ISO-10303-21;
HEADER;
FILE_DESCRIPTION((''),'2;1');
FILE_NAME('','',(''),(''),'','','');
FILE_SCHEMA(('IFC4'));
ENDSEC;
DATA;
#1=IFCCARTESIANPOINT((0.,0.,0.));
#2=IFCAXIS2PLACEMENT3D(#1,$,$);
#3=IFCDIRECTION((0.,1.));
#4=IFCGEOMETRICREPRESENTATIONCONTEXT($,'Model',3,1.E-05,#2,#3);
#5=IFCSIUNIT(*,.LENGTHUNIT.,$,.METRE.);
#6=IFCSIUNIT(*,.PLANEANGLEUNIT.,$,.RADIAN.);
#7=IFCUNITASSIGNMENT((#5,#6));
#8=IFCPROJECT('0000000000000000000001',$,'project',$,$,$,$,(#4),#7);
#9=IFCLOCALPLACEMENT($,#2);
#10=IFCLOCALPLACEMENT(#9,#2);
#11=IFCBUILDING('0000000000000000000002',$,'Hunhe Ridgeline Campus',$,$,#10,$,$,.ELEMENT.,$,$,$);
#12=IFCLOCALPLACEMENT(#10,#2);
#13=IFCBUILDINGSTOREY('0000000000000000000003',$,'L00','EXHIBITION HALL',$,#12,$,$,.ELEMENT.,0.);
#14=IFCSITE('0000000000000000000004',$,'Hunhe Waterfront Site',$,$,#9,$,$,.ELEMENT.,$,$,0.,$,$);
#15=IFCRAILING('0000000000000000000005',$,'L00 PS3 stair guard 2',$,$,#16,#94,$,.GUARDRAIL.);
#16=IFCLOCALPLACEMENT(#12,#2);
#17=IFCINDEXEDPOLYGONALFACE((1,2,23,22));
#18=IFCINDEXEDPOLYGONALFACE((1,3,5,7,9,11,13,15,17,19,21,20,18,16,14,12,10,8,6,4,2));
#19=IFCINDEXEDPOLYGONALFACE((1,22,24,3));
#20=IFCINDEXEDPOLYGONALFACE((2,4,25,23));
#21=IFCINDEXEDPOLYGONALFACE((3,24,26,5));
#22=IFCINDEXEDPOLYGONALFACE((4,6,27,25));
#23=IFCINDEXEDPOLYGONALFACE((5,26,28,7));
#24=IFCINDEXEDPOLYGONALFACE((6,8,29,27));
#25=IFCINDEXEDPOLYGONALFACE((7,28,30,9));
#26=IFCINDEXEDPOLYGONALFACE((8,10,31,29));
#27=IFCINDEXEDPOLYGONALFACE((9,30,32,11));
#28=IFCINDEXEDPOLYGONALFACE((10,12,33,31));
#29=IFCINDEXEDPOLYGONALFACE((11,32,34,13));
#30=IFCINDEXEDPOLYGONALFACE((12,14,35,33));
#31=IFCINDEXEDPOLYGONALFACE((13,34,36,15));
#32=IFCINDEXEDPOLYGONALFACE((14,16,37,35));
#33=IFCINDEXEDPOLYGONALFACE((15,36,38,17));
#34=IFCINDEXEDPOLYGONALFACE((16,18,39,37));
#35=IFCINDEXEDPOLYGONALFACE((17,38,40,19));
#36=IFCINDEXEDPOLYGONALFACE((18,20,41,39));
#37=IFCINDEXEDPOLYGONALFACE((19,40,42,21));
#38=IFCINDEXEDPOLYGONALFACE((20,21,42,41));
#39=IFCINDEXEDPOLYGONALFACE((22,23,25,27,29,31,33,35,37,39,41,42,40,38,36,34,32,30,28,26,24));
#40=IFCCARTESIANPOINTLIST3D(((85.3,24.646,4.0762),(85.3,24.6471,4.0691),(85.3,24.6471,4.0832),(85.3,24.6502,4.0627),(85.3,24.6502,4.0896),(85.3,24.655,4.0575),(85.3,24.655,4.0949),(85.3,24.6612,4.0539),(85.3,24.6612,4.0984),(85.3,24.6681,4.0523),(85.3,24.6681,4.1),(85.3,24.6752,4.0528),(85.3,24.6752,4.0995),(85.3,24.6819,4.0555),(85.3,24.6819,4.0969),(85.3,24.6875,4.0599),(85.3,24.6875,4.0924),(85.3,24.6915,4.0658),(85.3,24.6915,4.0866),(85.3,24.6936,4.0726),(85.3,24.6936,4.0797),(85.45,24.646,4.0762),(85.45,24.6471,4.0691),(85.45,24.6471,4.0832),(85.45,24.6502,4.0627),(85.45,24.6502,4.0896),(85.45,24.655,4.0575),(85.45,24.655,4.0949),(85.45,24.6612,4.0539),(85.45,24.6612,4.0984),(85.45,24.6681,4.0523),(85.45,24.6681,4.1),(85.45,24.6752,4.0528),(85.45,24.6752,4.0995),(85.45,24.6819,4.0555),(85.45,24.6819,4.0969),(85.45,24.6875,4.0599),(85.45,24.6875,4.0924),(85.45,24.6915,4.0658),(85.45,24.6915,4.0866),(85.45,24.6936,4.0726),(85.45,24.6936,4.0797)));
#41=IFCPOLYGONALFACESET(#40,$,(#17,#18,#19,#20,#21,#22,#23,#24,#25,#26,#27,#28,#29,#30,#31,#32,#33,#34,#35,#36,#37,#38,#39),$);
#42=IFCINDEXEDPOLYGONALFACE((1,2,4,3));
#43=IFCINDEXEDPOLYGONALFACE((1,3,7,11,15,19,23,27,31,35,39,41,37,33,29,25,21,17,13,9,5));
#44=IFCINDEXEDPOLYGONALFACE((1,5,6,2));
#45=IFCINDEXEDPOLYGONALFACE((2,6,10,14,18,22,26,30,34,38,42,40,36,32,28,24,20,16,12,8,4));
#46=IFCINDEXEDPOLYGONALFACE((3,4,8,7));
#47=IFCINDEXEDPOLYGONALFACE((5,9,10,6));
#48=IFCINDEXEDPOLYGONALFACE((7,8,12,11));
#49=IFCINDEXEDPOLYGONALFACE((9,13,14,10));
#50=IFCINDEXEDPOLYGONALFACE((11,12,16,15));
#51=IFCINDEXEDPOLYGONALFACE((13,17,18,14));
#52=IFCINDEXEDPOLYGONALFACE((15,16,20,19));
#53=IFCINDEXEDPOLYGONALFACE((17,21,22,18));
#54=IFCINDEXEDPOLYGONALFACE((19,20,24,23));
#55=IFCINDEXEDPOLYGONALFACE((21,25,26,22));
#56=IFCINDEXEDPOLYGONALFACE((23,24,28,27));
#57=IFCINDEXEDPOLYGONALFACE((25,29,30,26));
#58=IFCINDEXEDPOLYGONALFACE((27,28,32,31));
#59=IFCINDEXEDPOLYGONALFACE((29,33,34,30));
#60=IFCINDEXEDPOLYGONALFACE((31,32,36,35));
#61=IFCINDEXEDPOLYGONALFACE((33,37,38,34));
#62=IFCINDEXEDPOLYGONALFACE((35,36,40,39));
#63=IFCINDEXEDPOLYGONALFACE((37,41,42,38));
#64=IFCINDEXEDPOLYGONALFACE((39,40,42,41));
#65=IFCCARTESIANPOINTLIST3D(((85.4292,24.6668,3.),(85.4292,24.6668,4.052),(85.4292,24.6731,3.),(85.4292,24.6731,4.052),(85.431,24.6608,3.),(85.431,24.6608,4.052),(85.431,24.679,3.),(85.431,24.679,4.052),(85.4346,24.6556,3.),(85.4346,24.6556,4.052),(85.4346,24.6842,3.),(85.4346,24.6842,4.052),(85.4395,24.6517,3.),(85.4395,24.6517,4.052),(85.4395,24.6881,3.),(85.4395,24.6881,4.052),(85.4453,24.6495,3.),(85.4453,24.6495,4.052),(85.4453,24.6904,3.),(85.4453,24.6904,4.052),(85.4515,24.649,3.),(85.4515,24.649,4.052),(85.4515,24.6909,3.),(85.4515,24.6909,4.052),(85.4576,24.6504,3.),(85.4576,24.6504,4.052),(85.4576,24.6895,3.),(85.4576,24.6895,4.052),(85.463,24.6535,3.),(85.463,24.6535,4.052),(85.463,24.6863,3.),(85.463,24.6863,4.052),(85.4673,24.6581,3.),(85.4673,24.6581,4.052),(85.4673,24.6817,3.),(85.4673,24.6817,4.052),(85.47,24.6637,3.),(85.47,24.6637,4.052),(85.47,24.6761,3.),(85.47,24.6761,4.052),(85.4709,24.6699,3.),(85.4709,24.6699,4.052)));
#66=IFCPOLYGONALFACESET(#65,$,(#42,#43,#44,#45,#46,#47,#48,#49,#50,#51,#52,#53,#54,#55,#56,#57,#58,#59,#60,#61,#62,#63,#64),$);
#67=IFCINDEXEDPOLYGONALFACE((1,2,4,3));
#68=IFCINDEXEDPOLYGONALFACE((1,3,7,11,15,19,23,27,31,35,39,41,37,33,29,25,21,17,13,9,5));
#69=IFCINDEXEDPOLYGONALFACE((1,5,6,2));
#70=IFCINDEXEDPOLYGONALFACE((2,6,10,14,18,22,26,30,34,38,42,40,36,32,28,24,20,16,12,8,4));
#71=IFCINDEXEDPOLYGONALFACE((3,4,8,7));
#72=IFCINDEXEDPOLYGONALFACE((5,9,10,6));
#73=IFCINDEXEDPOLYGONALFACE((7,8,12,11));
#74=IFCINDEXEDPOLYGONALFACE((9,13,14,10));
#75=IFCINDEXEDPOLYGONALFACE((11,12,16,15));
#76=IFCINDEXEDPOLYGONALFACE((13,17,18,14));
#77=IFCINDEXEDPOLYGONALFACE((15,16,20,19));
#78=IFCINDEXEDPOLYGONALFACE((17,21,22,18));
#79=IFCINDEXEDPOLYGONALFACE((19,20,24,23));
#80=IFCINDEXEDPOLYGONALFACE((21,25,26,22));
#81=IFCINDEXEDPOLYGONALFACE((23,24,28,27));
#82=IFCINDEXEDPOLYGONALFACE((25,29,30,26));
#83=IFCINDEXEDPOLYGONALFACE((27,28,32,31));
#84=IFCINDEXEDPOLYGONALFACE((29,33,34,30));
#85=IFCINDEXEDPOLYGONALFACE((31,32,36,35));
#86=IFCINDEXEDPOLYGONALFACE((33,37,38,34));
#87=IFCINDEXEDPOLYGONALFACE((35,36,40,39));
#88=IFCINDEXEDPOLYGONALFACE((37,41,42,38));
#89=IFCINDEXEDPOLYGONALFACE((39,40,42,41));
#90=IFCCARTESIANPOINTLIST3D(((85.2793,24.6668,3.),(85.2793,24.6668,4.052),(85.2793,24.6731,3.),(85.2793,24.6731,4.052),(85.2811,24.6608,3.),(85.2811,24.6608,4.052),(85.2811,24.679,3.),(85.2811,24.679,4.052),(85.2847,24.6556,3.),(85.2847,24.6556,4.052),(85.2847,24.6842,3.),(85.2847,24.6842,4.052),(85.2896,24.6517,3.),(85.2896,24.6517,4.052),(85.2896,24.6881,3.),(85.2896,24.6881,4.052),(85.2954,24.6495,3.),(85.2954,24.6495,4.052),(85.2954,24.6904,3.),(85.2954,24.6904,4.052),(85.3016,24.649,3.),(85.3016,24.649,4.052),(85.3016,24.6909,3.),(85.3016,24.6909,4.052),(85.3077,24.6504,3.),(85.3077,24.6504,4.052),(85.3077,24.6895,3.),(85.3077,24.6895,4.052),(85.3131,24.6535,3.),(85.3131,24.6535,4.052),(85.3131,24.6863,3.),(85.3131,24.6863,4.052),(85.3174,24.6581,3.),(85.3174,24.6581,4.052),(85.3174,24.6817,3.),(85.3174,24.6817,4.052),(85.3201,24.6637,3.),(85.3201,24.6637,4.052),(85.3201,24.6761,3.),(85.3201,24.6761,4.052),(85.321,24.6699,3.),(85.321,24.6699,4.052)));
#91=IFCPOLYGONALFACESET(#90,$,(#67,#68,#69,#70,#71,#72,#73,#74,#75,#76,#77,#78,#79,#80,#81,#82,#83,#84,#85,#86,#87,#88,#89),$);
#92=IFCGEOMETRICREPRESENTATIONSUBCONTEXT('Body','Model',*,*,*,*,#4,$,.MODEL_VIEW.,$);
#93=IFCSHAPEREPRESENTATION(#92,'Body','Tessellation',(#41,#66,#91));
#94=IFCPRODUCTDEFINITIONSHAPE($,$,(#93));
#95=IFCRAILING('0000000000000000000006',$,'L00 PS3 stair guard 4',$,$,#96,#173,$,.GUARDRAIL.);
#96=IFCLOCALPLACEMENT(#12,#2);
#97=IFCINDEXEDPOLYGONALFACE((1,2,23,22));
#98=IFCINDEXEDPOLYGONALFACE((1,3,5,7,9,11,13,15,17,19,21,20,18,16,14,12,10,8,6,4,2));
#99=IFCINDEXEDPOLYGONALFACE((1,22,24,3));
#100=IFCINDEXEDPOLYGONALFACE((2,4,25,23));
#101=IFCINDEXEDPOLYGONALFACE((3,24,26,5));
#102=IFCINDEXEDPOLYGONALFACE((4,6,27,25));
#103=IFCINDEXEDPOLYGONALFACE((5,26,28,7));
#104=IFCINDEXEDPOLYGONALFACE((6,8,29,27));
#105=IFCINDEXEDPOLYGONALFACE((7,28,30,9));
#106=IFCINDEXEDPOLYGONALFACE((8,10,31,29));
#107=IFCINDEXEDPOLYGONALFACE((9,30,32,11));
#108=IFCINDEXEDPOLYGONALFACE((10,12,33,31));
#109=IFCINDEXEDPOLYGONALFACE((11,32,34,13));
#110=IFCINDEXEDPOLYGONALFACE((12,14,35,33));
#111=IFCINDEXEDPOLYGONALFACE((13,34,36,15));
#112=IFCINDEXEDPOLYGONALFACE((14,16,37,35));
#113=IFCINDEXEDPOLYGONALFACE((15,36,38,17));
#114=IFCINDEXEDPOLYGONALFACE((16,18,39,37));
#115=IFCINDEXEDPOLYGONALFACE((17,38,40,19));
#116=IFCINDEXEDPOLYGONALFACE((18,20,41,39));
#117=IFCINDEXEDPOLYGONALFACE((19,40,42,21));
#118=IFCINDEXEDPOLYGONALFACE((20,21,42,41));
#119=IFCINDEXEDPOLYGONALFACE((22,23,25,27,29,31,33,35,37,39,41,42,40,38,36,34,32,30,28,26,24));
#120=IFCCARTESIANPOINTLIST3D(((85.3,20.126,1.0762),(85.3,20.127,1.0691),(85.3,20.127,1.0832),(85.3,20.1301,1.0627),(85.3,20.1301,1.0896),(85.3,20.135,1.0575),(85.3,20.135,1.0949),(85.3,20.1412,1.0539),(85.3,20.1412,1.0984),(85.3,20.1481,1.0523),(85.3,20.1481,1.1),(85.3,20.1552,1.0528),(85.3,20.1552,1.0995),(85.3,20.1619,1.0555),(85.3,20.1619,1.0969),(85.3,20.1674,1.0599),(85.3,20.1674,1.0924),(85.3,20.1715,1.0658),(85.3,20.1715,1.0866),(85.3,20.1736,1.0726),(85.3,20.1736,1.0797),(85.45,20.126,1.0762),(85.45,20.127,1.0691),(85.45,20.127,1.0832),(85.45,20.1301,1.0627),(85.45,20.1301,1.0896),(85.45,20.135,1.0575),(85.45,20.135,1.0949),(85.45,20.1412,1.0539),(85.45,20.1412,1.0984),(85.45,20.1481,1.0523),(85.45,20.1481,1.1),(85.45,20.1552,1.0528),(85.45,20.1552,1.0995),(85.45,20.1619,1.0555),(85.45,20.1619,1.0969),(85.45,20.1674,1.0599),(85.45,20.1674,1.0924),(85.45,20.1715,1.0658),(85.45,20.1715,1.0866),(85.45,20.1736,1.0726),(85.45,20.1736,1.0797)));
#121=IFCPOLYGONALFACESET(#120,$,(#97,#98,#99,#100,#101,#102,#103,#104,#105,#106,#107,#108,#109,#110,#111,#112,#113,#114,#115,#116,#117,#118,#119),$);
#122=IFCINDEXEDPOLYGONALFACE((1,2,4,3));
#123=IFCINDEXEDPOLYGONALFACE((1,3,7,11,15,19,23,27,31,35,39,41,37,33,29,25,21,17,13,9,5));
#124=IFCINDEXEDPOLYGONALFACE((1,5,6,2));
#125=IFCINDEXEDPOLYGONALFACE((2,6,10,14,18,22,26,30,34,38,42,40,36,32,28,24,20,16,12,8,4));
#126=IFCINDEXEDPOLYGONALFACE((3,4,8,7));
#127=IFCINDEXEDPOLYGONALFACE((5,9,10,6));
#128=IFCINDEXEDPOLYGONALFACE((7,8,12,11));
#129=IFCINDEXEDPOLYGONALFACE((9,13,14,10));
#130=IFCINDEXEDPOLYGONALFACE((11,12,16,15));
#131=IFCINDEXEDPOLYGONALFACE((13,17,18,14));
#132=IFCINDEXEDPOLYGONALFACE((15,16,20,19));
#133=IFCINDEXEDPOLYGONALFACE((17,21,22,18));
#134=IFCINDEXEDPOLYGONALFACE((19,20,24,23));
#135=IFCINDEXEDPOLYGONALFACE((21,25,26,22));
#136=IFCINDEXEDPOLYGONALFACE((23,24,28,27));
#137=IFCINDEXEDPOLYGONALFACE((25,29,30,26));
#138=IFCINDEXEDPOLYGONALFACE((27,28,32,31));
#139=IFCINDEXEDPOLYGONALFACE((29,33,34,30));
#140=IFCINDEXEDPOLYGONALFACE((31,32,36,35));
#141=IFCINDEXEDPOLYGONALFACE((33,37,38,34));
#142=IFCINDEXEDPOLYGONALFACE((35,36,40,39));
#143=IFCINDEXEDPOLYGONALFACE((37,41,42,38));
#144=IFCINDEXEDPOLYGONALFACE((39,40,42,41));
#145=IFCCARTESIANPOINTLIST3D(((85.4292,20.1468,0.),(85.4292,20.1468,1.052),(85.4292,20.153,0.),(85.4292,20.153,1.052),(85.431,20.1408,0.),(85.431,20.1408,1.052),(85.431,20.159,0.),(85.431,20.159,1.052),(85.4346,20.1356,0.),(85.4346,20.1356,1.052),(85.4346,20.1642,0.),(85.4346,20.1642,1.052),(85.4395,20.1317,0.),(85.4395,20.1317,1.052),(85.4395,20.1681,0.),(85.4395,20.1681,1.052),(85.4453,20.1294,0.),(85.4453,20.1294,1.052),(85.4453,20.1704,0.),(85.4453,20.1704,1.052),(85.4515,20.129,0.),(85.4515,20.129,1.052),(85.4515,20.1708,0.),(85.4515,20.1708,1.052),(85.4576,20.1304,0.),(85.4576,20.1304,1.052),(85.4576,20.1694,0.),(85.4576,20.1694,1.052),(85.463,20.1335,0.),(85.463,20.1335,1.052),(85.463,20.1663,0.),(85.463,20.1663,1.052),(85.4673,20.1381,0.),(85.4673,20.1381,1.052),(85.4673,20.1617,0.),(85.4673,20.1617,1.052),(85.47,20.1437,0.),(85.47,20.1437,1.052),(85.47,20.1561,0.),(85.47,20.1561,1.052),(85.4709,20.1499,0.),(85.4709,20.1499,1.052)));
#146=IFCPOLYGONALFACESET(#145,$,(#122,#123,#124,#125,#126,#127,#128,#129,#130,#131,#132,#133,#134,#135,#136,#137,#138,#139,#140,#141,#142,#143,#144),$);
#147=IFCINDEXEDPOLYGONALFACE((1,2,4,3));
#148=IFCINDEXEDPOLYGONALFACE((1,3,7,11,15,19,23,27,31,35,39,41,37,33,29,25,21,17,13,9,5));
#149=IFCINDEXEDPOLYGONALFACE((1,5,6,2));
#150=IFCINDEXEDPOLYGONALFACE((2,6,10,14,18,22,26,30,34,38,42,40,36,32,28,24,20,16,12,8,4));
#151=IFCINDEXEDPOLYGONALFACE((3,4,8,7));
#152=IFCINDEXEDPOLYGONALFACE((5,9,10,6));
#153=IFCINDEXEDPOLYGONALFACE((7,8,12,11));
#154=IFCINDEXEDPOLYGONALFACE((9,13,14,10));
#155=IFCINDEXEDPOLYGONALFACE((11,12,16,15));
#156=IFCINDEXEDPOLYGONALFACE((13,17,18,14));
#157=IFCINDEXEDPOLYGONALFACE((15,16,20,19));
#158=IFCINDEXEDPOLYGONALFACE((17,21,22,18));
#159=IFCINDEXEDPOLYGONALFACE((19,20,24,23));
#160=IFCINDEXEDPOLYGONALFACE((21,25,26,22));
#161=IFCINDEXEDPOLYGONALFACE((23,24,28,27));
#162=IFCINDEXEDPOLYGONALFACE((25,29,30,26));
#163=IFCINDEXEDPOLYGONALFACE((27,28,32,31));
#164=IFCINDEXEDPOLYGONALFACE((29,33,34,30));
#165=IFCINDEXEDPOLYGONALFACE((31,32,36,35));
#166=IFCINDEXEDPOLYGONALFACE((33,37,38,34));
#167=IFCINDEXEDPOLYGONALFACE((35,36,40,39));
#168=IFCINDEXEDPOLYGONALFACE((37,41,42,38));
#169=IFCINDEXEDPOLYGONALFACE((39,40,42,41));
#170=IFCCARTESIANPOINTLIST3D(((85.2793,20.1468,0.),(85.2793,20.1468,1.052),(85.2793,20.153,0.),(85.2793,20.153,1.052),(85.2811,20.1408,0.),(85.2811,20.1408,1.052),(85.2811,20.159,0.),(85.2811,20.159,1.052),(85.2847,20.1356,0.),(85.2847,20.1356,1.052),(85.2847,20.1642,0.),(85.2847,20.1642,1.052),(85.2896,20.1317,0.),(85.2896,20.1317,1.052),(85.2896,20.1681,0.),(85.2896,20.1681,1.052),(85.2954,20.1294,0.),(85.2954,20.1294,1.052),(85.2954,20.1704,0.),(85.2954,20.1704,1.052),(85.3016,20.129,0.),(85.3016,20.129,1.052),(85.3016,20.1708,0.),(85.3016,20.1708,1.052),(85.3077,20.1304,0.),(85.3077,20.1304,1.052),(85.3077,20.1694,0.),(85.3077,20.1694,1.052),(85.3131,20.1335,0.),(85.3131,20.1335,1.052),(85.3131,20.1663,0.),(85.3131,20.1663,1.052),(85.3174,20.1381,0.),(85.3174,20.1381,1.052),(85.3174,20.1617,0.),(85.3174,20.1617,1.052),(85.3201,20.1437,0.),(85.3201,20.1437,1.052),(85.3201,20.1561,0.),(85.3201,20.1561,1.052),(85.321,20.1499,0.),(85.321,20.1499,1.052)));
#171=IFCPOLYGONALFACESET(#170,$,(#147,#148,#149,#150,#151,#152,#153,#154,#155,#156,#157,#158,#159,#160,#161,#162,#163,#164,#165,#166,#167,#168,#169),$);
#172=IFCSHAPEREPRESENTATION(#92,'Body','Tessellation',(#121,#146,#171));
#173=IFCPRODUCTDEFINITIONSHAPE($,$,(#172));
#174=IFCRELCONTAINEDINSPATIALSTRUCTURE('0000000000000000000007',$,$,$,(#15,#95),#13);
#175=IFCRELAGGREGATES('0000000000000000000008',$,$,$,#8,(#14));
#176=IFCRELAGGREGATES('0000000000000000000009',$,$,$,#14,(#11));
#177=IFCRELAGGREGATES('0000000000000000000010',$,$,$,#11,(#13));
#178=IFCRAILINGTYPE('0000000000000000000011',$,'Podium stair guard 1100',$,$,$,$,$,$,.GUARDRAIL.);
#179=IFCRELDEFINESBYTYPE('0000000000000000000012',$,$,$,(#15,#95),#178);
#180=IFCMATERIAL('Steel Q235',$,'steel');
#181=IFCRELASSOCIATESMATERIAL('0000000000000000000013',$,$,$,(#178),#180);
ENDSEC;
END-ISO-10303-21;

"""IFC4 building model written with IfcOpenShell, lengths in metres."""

from ifc_helpers import new_model, si_unit, direction, frame, origin, origin_2d, place, context, subcontext, project, spatial, circle, extrude, material, type_object, element, save


model = new_model("IFC4")

# Units and contexts
model_context = context("Model", 3, precision=1e-05, world=origin(), true_north=direction((0.0, 1.0)))
body_context = subcontext(model_context, "Body", "Model", "MODEL_VIEW")
ifc_project = project(units=[si_unit("LENGTHUNIT", "METRE"), si_unit("PLANEANGLEUNIT", "RADIAN")], contexts=[model_context])

# Site, building, storey
site_placement = place(None, origin())
site = spatial("IfcSite", under=ifc_project, at=site_placement, Name="Hunhe Waterfront Site", CompositionType="ELEMENT", RefElevation=0.0)
building_placement = place(site_placement, origin())
building = spatial("IfcBuilding", under=site, at=building_placement, Name="Hunhe Ridgeline Campus", CompositionType="ELEMENT")
storey_placement = place(building_placement, origin())
storey = spatial("IfcBuildingStorey", under=building, at=storey_placement, Name="L00", Description="EXHIBITION HALL", CompositionType="ELEMENT", Elevation=0.0)

# Shared definitions
ifc_material_1 = material(Name="Steel Q235", Category="steel")

# Railings
railing_type_1 = type_object("IfcRailingType", Name="Podium stair guard 1100", PredefinedType="GUARDRAIL", material=ifc_material_1)
railing_1_placement = place(storey_placement, frame((85.45, 24.6699, 3.0)))
element("IfcRailing", 1, at=railing_1_placement, inside=storey, type_object=railing_type_1, Name="L00 PS3 stair guard 2", PredefinedType="GUARDRAIL", context=body_context, shape_type="SweptSolid", body=[
    extrude(circle(Radius=0.0239, at=origin_2d()), frame((0.0, 0.0, 1.0762), z_axis=(-1.0, 0.0, 0.0), x_axis=(0.0, -1.0, 0.0)), (0.0, 0.0, 1.0), 0.1499),
    extrude(circle(Radius=0.021, at=origin_2d()), origin(), (0.0, 0.0, 1.0), 1.052),
    extrude(circle(Radius=0.021, at=origin_2d()), frame((-0.1499, 0.0, 0.0)), (0.0, 0.0, 1.0), 1.052),
])
railing_2_placement = place(storey_placement, frame((85.45, 20.1499, 0.0)))
element("IfcRailing", 2, at=railing_2_placement, inside=storey, type_object=railing_type_1, Name="L00 PS3 stair guard 4", PredefinedType="GUARDRAIL", context=body_context, shape_type="SweptSolid", body=[
    extrude(circle(Radius=0.0239, at=origin_2d()), frame((0.0, 0.0, 1.0762), z_axis=(-1.0, 0.0, 0.0), x_axis=(0.0, -1.0, 0.0)), (0.0, 0.0, 1.0), 0.1499),
    extrude(circle(Radius=0.021, at=origin_2d()), origin(), (0.0, 0.0, 1.0), 1.052),
    extrude(circle(Radius=0.021, at=origin_2d()), frame((-0.1499, 0.0, 0.0)), (0.0, 0.0, 1.0), 1.052),
])

save(model, "model.ifc")
